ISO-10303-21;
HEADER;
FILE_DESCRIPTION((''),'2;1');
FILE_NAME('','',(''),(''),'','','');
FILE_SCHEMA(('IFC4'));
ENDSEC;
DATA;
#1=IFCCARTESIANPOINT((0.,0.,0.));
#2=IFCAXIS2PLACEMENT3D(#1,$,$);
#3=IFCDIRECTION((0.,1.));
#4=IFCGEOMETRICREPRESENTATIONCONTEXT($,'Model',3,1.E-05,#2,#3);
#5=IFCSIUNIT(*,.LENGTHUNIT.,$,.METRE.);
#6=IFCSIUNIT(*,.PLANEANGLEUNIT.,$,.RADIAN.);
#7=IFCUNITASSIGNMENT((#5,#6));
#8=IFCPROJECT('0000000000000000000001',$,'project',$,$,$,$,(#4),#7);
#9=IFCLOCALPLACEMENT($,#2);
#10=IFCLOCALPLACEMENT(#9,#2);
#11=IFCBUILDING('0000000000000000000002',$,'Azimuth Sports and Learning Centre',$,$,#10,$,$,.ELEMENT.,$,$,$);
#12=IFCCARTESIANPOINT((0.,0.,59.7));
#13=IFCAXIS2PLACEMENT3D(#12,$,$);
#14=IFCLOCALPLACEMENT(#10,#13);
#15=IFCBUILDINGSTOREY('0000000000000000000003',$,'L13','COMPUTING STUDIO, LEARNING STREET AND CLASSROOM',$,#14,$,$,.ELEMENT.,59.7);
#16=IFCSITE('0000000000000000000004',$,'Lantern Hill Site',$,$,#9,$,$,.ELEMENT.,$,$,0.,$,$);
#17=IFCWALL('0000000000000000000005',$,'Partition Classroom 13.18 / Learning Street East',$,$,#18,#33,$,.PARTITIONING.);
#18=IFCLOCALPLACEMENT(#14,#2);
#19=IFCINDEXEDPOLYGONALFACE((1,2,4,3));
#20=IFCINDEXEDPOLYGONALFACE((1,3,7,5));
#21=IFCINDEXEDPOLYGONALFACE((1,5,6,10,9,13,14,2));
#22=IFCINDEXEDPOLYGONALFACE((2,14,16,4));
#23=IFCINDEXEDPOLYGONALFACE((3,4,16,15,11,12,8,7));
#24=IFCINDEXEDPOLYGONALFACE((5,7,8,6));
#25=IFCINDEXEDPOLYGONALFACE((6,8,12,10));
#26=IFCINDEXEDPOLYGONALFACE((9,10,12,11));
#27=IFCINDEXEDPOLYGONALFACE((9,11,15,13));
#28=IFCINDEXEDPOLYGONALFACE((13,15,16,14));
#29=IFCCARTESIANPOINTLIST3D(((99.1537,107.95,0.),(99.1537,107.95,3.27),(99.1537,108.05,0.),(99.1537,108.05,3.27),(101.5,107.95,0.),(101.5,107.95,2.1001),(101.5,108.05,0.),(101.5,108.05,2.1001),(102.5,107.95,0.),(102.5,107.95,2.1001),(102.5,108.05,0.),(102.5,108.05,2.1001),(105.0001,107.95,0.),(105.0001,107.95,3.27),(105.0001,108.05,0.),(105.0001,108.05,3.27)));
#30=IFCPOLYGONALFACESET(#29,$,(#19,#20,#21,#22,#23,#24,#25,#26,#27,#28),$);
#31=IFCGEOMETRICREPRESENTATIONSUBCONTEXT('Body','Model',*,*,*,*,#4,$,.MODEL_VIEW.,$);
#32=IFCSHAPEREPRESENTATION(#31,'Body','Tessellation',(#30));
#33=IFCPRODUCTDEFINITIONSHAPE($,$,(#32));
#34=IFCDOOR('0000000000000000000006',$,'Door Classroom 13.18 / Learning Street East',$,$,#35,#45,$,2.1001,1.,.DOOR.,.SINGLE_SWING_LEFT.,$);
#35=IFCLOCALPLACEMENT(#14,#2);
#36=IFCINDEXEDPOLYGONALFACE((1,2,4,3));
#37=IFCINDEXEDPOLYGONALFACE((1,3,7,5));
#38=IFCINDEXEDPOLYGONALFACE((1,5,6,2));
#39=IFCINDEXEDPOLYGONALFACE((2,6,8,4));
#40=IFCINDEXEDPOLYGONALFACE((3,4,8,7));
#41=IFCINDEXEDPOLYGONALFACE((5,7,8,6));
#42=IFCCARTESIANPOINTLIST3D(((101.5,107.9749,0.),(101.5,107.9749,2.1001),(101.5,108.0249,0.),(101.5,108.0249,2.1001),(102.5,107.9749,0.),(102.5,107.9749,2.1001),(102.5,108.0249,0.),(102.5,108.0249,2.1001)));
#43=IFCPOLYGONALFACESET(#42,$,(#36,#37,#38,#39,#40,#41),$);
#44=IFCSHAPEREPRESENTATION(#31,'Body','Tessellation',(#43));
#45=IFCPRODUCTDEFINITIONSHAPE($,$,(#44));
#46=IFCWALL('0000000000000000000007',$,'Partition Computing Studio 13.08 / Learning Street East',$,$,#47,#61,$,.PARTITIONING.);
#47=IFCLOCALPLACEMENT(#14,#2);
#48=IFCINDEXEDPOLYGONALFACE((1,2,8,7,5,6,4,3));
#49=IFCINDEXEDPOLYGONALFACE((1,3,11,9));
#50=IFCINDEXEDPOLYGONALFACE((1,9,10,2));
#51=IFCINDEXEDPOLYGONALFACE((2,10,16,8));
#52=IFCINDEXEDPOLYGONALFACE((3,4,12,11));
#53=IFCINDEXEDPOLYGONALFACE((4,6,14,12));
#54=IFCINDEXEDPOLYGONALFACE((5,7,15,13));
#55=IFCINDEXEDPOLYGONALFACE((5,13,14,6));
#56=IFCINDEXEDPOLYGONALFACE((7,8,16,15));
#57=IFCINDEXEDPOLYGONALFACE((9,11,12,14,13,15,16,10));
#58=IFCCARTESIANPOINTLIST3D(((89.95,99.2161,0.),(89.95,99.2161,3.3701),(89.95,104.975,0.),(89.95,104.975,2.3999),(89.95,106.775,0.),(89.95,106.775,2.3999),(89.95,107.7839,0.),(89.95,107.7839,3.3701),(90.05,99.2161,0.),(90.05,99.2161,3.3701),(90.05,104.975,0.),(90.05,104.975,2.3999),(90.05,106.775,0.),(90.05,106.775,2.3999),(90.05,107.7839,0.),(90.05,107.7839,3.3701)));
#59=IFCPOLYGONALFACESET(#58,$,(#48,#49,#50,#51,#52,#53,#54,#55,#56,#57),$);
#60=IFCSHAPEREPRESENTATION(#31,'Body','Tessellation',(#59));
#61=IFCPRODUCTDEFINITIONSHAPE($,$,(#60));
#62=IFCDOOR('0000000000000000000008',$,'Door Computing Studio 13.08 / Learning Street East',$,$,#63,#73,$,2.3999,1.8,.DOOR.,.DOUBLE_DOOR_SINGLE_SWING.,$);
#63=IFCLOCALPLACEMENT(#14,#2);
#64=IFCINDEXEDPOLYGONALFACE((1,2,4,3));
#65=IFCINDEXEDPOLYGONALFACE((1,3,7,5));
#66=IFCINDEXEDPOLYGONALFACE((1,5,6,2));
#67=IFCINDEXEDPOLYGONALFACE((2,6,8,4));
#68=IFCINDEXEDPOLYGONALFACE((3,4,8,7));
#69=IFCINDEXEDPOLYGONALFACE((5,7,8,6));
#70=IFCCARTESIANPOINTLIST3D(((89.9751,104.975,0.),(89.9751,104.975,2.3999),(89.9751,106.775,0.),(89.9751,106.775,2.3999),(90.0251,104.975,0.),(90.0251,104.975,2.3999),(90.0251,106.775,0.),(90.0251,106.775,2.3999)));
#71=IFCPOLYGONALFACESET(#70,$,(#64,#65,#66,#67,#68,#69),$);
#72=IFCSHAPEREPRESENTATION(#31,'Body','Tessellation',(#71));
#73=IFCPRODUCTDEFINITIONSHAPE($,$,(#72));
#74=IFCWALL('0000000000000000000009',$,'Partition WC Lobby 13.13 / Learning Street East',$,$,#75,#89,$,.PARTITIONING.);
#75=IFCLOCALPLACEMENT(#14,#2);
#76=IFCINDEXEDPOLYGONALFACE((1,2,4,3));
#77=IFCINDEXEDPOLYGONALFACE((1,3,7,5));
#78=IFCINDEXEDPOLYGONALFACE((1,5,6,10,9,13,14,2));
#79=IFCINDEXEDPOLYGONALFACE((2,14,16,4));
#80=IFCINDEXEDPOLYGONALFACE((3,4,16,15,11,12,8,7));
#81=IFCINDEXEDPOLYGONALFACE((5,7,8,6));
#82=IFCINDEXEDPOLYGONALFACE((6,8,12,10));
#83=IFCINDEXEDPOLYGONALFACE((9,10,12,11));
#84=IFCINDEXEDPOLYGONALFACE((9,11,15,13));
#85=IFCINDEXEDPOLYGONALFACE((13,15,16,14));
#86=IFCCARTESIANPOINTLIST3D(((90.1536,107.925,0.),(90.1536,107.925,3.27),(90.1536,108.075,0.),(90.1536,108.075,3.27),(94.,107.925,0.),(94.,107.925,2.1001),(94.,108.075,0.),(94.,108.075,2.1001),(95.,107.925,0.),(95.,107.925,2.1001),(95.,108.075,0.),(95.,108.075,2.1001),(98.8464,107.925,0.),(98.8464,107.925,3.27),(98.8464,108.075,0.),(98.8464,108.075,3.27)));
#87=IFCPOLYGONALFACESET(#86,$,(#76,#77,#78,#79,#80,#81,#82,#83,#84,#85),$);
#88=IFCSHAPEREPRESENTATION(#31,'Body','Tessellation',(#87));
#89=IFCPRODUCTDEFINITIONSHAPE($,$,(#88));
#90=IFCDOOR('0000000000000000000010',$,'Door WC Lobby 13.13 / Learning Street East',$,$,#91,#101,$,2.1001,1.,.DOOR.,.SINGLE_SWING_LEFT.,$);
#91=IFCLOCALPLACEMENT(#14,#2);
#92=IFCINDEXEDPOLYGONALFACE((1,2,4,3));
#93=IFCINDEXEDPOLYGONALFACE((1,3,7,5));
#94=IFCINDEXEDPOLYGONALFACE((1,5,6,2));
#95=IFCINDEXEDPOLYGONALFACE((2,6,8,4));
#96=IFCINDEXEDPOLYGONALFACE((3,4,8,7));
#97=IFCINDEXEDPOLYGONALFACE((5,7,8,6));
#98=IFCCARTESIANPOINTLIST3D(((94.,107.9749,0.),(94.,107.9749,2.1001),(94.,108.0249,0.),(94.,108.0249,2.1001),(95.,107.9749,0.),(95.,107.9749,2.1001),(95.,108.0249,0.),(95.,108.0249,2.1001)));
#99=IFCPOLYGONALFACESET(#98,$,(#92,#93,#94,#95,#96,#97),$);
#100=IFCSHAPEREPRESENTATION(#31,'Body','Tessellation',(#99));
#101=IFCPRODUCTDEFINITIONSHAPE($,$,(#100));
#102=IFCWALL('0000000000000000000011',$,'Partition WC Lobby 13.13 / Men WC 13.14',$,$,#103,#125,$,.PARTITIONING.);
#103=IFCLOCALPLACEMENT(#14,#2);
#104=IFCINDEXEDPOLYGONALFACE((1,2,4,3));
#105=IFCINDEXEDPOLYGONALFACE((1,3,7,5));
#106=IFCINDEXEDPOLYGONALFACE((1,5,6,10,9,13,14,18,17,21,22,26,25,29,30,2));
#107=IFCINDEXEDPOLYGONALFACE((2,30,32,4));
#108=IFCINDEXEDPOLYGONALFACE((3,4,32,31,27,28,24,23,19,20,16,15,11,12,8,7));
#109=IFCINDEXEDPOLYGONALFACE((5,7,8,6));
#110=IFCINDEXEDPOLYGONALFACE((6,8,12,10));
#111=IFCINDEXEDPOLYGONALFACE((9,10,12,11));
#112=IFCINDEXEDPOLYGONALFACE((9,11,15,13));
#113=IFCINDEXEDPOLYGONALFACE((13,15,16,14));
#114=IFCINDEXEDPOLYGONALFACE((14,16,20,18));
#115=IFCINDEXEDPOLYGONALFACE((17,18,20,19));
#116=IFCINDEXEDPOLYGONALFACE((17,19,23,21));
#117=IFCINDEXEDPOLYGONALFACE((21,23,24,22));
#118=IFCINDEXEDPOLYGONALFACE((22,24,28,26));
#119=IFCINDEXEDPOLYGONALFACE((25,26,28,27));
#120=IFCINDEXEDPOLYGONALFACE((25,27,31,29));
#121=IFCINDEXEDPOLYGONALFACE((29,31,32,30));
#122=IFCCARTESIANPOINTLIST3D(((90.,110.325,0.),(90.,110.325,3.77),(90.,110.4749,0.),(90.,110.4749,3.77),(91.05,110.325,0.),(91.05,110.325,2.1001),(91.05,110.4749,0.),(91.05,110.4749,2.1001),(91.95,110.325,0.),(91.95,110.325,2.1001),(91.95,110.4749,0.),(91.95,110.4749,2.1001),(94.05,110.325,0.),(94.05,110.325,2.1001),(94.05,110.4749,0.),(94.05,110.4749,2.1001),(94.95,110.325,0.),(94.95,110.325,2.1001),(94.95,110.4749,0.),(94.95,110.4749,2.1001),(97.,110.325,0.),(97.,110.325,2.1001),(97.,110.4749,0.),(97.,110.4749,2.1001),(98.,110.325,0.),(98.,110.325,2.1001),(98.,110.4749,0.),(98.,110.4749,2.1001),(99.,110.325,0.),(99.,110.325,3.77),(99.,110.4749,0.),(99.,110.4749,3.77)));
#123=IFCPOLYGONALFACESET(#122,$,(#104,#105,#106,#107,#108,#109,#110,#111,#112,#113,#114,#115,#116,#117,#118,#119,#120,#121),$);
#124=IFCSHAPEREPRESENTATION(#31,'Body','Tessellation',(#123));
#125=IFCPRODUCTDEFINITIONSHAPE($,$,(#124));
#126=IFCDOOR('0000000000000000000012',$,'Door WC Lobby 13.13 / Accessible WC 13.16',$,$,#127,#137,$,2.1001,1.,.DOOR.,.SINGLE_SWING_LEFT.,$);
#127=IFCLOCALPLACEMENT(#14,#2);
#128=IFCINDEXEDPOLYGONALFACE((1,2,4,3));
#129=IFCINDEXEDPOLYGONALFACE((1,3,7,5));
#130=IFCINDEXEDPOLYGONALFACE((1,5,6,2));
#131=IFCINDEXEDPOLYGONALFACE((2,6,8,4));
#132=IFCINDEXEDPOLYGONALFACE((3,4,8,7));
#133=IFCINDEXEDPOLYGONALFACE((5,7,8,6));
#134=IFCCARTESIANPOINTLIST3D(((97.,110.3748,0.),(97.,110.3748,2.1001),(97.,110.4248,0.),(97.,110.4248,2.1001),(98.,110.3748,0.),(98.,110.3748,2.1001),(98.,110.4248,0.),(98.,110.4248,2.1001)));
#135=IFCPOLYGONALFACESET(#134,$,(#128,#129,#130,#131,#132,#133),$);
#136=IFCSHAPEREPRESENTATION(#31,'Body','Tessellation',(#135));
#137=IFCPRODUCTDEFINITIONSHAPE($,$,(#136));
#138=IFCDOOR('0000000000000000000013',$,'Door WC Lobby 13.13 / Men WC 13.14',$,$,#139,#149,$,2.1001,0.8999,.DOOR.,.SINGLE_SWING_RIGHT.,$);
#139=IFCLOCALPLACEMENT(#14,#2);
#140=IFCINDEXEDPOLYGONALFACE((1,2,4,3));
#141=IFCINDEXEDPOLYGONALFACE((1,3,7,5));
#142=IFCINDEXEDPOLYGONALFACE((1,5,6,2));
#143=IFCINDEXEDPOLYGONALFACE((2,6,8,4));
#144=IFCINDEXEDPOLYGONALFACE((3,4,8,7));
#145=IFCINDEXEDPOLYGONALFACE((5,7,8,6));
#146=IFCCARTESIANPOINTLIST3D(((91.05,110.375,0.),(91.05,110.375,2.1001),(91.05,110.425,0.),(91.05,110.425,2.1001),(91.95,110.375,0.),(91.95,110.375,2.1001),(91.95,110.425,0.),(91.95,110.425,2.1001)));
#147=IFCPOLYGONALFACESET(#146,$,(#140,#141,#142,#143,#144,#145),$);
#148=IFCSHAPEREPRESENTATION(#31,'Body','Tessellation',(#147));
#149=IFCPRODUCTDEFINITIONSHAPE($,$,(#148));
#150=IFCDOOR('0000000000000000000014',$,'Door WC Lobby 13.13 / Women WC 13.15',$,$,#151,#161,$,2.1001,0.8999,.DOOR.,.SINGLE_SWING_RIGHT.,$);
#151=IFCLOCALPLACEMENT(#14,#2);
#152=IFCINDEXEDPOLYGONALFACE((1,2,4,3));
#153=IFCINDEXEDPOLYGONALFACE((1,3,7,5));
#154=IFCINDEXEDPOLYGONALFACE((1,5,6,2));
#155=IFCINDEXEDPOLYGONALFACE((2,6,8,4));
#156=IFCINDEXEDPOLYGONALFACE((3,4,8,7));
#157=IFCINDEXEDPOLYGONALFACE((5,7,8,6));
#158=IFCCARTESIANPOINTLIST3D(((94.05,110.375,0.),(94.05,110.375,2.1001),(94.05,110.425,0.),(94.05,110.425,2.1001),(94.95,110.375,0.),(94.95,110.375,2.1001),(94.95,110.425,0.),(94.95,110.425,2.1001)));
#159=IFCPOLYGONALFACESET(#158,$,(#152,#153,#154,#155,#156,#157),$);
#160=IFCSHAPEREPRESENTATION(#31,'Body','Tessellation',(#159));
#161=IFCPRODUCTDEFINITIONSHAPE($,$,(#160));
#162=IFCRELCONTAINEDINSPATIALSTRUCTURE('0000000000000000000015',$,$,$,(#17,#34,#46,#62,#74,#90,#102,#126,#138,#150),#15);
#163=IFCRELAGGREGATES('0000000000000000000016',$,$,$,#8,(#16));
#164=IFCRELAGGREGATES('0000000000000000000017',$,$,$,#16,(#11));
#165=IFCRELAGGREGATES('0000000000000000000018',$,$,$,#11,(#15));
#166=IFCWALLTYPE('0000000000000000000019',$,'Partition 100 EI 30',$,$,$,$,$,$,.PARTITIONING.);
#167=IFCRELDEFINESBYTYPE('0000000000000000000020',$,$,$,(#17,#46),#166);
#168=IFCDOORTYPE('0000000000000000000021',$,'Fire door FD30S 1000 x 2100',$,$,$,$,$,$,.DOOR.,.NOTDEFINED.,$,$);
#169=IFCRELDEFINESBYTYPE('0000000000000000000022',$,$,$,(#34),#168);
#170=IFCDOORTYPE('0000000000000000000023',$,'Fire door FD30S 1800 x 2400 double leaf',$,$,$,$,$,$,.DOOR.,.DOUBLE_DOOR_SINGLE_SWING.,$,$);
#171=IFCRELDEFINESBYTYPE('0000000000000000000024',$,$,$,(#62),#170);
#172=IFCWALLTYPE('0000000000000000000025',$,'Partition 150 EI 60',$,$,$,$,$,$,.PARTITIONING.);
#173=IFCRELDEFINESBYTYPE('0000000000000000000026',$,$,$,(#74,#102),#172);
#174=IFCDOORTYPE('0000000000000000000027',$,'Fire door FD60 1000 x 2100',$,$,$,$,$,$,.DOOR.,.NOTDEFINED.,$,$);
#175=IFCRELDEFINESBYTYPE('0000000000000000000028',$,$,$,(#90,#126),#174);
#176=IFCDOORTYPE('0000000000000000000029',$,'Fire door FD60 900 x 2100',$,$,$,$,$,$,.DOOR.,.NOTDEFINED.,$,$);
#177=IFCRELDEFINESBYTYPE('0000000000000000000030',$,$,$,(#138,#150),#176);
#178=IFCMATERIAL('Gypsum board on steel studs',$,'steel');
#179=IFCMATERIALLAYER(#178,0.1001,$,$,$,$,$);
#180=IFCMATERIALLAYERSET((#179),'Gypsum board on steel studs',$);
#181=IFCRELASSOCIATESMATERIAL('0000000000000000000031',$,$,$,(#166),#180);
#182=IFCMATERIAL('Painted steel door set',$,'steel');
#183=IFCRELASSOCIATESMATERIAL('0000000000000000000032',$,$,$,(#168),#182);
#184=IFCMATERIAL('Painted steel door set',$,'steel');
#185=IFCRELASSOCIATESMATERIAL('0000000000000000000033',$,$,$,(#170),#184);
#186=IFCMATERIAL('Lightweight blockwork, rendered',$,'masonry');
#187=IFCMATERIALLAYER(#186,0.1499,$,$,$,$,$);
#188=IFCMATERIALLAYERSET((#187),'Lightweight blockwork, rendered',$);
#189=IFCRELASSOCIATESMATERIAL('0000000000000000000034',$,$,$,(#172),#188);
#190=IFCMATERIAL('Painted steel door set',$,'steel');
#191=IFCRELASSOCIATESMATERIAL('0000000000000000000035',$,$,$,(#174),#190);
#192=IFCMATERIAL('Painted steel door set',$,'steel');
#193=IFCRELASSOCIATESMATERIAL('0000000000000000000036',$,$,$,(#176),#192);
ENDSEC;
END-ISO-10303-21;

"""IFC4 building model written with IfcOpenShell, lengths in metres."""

from ifc_helpers import new_model, si_unit, direction, frame, frame_2d, origin, place, context, subcontext, project, spatial, rectangle, extrude, material, layer, layer_set, type_object, element, fill, save


model = new_model("IFC4")

# Units and contexts
model_context = context("Model", 3, precision=1e-05, world=origin(), true_north=direction((0.0, 1.0)))
body_context = subcontext(model_context, "Body", "Model", "MODEL_VIEW")
ifc_project = project(units=[si_unit("LENGTHUNIT", "METRE"), si_unit("PLANEANGLEUNIT", "RADIAN")], contexts=[model_context])

# Site, building, storey
site_placement = place(None, origin())
site = spatial("IfcSite", under=ifc_project, at=site_placement, Name="Lantern Hill Site", CompositionType="ELEMENT", RefElevation=0.0)
building_placement = place(site_placement, origin())
building = spatial("IfcBuilding", under=site, at=building_placement, Name="Azimuth Sports and Learning Centre", CompositionType="ELEMENT")
storey_placement = place(building_placement, frame((0.0, 0.0, 59.7)))
storey = spatial("IfcBuildingStorey", under=building, at=storey_placement, Name="L13", Description="COMPUTING STUDIO, LEARNING STREET AND CLASSROOM", CompositionType="ELEMENT", Elevation=59.7)

# Walls, openings, doors
ifc_material_1 = material(Name="Gypsum board on steel studs", Category="steel")
ifc_layer_1 = layer(ifc_material_1, 0.1001)
ifc_layer_set_1 = layer_set([ifc_layer_1], Name="Gypsum board on steel studs")
wall_type_1 = type_object("IfcWallType", Name="Partition 100 EI 30", PredefinedType="PARTITIONING", material=ifc_layer_set_1)
wall_1_placement = place(storey_placement, frame((99.1536, 108.0, 0.0), z_axis=(0.0, 0.0, 1.0), x_axis=(1.0, 0.0, 0.0)))
wall_1 = element("IfcWall", 1, at=wall_1_placement, inside=storey, type_object=wall_type_1, Name="Partition Classroom 13.18 / Learning Street East", PredefinedType="PARTITIONING", context=body_context, shape_type="SweptSolid", body=[
    extrude(rectangle(XDim=5.8464, YDim=0.1001, at=frame_2d((2.9233, 0.0))), origin(), (0.0, 0.0, 1.0), 3.27),
])
opening_1_placement = place(wall_1_placement, frame((2.3464, 0.0, 0.0)))
opening_1 = element("IfcOpeningElement", 2, at=opening_1_placement, cuts=wall_1, PredefinedType="OPENING", context=body_context, shape_type="SweptSolid", body=[
    extrude(rectangle(XDim=1.0, YDim=2.1001, at=frame_2d((0.5, 1.05))), frame((0.0, 0.061, 0.0), z_axis=(0.0, -1.0, 0.0), x_axis=(1.0, 0.0, 0.0)), (0.0, 0.0, 1.0), 0.1221),
])
ifc_material_2 = material(Name="Painted steel door set", Category="steel")
door_type_1 = type_object("IfcDoorType", Name="Fire door FD30S 1000 x 2100", OperationType="NOTDEFINED", PredefinedType="DOOR", material=ifc_material_2)
door_1_placement = place(opening_1_placement, origin())
door_1 = element("IfcDoor", 3, at=door_1_placement, inside=storey, type_object=door_type_1, Name="Door Classroom 13.18 / Learning Street East", OperationType="SINGLE_SWING_LEFT", OverallHeight=2.1001, OverallWidth=1.0, PredefinedType="DOOR", context=body_context, shape_type="SweptSolid", body=[
    extrude(rectangle(XDim=1.0, YDim=2.1001, at=frame_2d((0.5, 1.05))), frame((0.0, 0.0249, 0.0), z_axis=(0.0, -1.0, 0.0), x_axis=(1.0, 0.0, 0.0)), (0.0, 0.0, 1.0), 0.05),
])
fill(opening_1, door_1)
wall_2_placement = place(storey_placement, frame((90.0, 99.2161, 0.0), z_axis=(0.0, 0.0, 1.0), x_axis=(0.0, 1.0, 0.0)))
wall_2 = element("IfcWall", 4, at=wall_2_placement, inside=storey, type_object=wall_type_1, Name="Partition Computing Studio 13.08 / Learning Street East", PredefinedType="PARTITIONING", context=body_context, shape_type="SweptSolid", body=[
    extrude(rectangle(XDim=8.5679, YDim=0.1001, at=frame_2d((4.2839, 0.0))), origin(), (0.0, 0.0, 1.0), 3.3701),
])
opening_2_placement = place(wall_2_placement, frame((5.759, 0.0, 0.0)))
opening_2 = element("IfcOpeningElement", 5, at=opening_2_placement, cuts=wall_2, PredefinedType="OPENING", context=body_context, shape_type="SweptSolid", body=[
    extrude(rectangle(XDim=1.8, YDim=2.3999, at=frame_2d((0.8999, 1.2))), frame((0.0, 0.061, 0.0), z_axis=(0.0, -1.0, 0.0), x_axis=(1.0, 0.0, 0.0)), (0.0, 0.0, 1.0), 0.1221),
])
ifc_material_3 = material(Name="Painted steel door set", Category="steel")
door_type_2 = type_object("IfcDoorType", Name="Fire door FD30S 1800 x 2400 double leaf", OperationType="DOUBLE_DOOR_SINGLE_SWING", PredefinedType="DOOR", material=ifc_material_3)
door_2_placement = place(opening_2_placement, origin())
door_2 = element("IfcDoor", 6, at=door_2_placement, inside=storey, type_object=door_type_2, Name="Door Computing Studio 13.08 / Learning Street East", OperationType="DOUBLE_DOOR_SINGLE_SWING", OverallHeight=2.3999, OverallWidth=1.8, PredefinedType="DOOR", context=body_context, shape_type="SweptSolid", body=[
    extrude(rectangle(XDim=1.8, YDim=2.3999, at=frame_2d((0.8999, 1.2))), frame((0.0, 0.0249, 0.0), z_axis=(0.0, -1.0, 0.0), x_axis=(1.0, 0.0, 0.0)), (0.0, 0.0, 1.0), 0.05),
])
fill(opening_2, door_2)
ifc_material_4 = material(Name="Lightweight blockwork, rendered", Category="masonry")
ifc_layer_2 = layer(ifc_material_4, 0.1499)
ifc_layer_set_2 = layer_set([ifc_layer_2], Name="Lightweight blockwork, rendered")
wall_type_2 = type_object("IfcWallType", Name="Partition 150 EI 60", PredefinedType="PARTITIONING", material=ifc_layer_set_2)
wall_3_placement = place(storey_placement, frame((90.1536, 108.0, 0.0), z_axis=(0.0, 0.0, 1.0), x_axis=(1.0, 0.0, 0.0)))
wall_3 = element("IfcWall", 7, at=wall_3_placement, inside=storey, type_object=wall_type_2, Name="Partition WC Lobby 13.13 / Learning Street East", PredefinedType="PARTITIONING", context=body_context, shape_type="SweptSolid", body=[
    extrude(rectangle(XDim=8.6929, YDim=0.1499, at=frame_2d((4.3464, 0.0))), origin(), (0.0, 0.0, 1.0), 3.27),
])
opening_3_placement = place(wall_3_placement, frame((3.8464, 0.0, 0.0)))
opening_3 = element("IfcOpeningElement", 8, at=opening_3_placement, cuts=wall_3, PredefinedType="OPENING", context=body_context, shape_type="SweptSolid", body=[
    extrude(rectangle(XDim=1.0, YDim=2.1001, at=frame_2d((0.5, 1.05))), frame((0.0, 0.0859, 0.0), z_axis=(0.0, -1.0, 0.0), x_axis=(1.0, 0.0, 0.0)), (0.0, 0.0, 1.0), 0.1719),
])
ifc_material_5 = material(Name="Painted steel door set", Category="steel")
door_type_3 = type_object("IfcDoorType", Name="Fire door FD60 1000 x 2100", OperationType="NOTDEFINED", PredefinedType="DOOR", material=ifc_material_5)
door_3_placement = place(opening_3_placement, origin())
door_3 = element("IfcDoor", 9, at=door_3_placement, inside=storey, type_object=door_type_3, Name="Door WC Lobby 13.13 / Learning Street East", OperationType="SINGLE_SWING_LEFT", OverallHeight=2.1001, OverallWidth=1.0, PredefinedType="DOOR", context=body_context, shape_type="SweptSolid", body=[
    extrude(rectangle(XDim=1.0, YDim=2.1001, at=frame_2d((0.5, 1.05))), frame((0.0, 0.0249, 0.0), z_axis=(0.0, -1.0, 0.0), x_axis=(1.0, 0.0, 0.0)), (0.0, 0.0, 1.0), 0.05),
])
fill(opening_3, door_3)

# Wall, openings, doors
wall_4_placement = place(storey_placement, frame((90.0, 110.3999, 0.0), z_axis=(0.0, 0.0, 1.0), x_axis=(1.0, 0.0, 0.0)))
wall_4 = element("IfcWall", 10, at=wall_4_placement, inside=storey, type_object=wall_type_2, Name="Partition WC Lobby 13.13 / Men WC 13.14", PredefinedType="PARTITIONING", context=body_context, shape_type="SweptSolid", body=[
    extrude(rectangle(XDim=9.0, YDim=0.1499, at=frame_2d((4.5, 0.0))), origin(), (0.0, 0.0, 1.0), 3.77),
])
opening_4_placement = place(wall_4_placement, frame((1.05, 0.0, 0.0)))
opening_4 = element("IfcOpeningElement", 11, at=opening_4_placement, cuts=wall_4, PredefinedType="OPENING", context=body_context, shape_type="SweptSolid", body=[
    extrude(rectangle(XDim=0.8999, YDim=2.1001, at=frame_2d((0.45, 1.05))), frame((0.0, 0.0859, 0.0), z_axis=(0.0, -1.0, 0.0), x_axis=(1.0, 0.0, 0.0)), (0.0, 0.0, 1.0), 0.1719),
])
opening_5_placement = place(wall_4_placement, frame((4.05, 0.0, 0.0)))
opening_5 = element("IfcOpeningElement", 12, at=opening_5_placement, cuts=wall_4, PredefinedType="OPENING", context=body_context, shape_type="SweptSolid", body=[
    extrude(rectangle(XDim=0.8999, YDim=2.1001, at=frame_2d((0.45, 1.05))), frame((0.0, 0.0859, 0.0), z_axis=(0.0, -1.0, 0.0), x_axis=(1.0, 0.0, 0.0)), (0.0, 0.0, 1.0), 0.1719),
])
opening_6_placement = place(wall_4_placement, frame((7.0, 0.0, 0.0)))
opening_6 = element("IfcOpeningElement", 13, at=opening_6_placement, cuts=wall_4, PredefinedType="OPENING", context=body_context, shape_type="SweptSolid", body=[
    extrude(rectangle(XDim=1.0, YDim=2.1001, at=frame_2d((0.5, 1.05))), frame((0.0, 0.0859, 0.0), z_axis=(0.0, -1.0, 0.0), x_axis=(1.0, 0.0, 0.0)), (0.0, 0.0, 1.0), 0.1719),
])
door_4_placement = place(opening_6_placement, origin())
door_4 = element("IfcDoor", 14, at=door_4_placement, inside=storey, type_object=door_type_3, Name="Door WC Lobby 13.13 / Accessible WC 13.16", OperationType="SINGLE_SWING_LEFT", OverallHeight=2.1001, OverallWidth=1.0, PredefinedType="DOOR", context=body_context, shape_type="SweptSolid", body=[
    extrude(rectangle(XDim=1.0, YDim=2.1001, at=frame_2d((0.5, 1.05))), frame((0.0, 0.0249, 0.0), z_axis=(0.0, -1.0, 0.0), x_axis=(1.0, 0.0, 0.0)), (0.0, 0.0, 1.0), 0.05),
])
fill(opening_6, door_4)
ifc_material_6 = material(Name="Painted steel door set", Category="steel")
door_type_4 = type_object("IfcDoorType", Name="Fire door FD60 900 x 2100", OperationType="NOTDEFINED", PredefinedType="DOOR", material=ifc_material_6)
door_5_placement = place(opening_4_placement, frame((0.8999, 0.0, 0.0), z_axis=(0.0, 0.0, 1.0), x_axis=(-1.0, 0.0, 0.0)))
door_5 = element("IfcDoor", 15, at=door_5_placement, inside=storey, type_object=door_type_4, Name="Door WC Lobby 13.13 / Men WC 13.14", OperationType="SINGLE_SWING_RIGHT", OverallHeight=2.1001, OverallWidth=0.8999, PredefinedType="DOOR", context=body_context, shape_type="SweptSolid", body=[
    extrude(rectangle(XDim=0.8999, YDim=2.1001, at=frame_2d((0.45, 1.05))), frame((0.0, 0.0249, 0.0), z_axis=(0.0, -1.0, 0.0), x_axis=(1.0, 0.0, 0.0)), (0.0, 0.0, 1.0), 0.05),
])
fill(opening_4, door_5)
door_6_placement = place(opening_5_placement, frame((0.8999, 0.0, 0.0), z_axis=(0.0, 0.0, 1.0), x_axis=(-1.0, 0.0, 0.0)))
door_6 = element("IfcDoor", 16, at=door_6_placement, inside=storey, type_object=door_type_4, Name="Door WC Lobby 13.13 / Women WC 13.15", OperationType="SINGLE_SWING_RIGHT", OverallHeight=2.1001, OverallWidth=0.8999, PredefinedType="DOOR", context=body_context, shape_type="SweptSolid", body=[
    extrude(rectangle(XDim=0.8999, YDim=2.1001, at=frame_2d((0.45, 1.05))), frame((0.0, 0.0249, 0.0), z_axis=(0.0, -1.0, 0.0), x_axis=(1.0, 0.0, 0.0)), (0.0, 0.0, 1.0), 0.05),
])
fill(opening_5, door_6)

save(model, "model.ifc")
